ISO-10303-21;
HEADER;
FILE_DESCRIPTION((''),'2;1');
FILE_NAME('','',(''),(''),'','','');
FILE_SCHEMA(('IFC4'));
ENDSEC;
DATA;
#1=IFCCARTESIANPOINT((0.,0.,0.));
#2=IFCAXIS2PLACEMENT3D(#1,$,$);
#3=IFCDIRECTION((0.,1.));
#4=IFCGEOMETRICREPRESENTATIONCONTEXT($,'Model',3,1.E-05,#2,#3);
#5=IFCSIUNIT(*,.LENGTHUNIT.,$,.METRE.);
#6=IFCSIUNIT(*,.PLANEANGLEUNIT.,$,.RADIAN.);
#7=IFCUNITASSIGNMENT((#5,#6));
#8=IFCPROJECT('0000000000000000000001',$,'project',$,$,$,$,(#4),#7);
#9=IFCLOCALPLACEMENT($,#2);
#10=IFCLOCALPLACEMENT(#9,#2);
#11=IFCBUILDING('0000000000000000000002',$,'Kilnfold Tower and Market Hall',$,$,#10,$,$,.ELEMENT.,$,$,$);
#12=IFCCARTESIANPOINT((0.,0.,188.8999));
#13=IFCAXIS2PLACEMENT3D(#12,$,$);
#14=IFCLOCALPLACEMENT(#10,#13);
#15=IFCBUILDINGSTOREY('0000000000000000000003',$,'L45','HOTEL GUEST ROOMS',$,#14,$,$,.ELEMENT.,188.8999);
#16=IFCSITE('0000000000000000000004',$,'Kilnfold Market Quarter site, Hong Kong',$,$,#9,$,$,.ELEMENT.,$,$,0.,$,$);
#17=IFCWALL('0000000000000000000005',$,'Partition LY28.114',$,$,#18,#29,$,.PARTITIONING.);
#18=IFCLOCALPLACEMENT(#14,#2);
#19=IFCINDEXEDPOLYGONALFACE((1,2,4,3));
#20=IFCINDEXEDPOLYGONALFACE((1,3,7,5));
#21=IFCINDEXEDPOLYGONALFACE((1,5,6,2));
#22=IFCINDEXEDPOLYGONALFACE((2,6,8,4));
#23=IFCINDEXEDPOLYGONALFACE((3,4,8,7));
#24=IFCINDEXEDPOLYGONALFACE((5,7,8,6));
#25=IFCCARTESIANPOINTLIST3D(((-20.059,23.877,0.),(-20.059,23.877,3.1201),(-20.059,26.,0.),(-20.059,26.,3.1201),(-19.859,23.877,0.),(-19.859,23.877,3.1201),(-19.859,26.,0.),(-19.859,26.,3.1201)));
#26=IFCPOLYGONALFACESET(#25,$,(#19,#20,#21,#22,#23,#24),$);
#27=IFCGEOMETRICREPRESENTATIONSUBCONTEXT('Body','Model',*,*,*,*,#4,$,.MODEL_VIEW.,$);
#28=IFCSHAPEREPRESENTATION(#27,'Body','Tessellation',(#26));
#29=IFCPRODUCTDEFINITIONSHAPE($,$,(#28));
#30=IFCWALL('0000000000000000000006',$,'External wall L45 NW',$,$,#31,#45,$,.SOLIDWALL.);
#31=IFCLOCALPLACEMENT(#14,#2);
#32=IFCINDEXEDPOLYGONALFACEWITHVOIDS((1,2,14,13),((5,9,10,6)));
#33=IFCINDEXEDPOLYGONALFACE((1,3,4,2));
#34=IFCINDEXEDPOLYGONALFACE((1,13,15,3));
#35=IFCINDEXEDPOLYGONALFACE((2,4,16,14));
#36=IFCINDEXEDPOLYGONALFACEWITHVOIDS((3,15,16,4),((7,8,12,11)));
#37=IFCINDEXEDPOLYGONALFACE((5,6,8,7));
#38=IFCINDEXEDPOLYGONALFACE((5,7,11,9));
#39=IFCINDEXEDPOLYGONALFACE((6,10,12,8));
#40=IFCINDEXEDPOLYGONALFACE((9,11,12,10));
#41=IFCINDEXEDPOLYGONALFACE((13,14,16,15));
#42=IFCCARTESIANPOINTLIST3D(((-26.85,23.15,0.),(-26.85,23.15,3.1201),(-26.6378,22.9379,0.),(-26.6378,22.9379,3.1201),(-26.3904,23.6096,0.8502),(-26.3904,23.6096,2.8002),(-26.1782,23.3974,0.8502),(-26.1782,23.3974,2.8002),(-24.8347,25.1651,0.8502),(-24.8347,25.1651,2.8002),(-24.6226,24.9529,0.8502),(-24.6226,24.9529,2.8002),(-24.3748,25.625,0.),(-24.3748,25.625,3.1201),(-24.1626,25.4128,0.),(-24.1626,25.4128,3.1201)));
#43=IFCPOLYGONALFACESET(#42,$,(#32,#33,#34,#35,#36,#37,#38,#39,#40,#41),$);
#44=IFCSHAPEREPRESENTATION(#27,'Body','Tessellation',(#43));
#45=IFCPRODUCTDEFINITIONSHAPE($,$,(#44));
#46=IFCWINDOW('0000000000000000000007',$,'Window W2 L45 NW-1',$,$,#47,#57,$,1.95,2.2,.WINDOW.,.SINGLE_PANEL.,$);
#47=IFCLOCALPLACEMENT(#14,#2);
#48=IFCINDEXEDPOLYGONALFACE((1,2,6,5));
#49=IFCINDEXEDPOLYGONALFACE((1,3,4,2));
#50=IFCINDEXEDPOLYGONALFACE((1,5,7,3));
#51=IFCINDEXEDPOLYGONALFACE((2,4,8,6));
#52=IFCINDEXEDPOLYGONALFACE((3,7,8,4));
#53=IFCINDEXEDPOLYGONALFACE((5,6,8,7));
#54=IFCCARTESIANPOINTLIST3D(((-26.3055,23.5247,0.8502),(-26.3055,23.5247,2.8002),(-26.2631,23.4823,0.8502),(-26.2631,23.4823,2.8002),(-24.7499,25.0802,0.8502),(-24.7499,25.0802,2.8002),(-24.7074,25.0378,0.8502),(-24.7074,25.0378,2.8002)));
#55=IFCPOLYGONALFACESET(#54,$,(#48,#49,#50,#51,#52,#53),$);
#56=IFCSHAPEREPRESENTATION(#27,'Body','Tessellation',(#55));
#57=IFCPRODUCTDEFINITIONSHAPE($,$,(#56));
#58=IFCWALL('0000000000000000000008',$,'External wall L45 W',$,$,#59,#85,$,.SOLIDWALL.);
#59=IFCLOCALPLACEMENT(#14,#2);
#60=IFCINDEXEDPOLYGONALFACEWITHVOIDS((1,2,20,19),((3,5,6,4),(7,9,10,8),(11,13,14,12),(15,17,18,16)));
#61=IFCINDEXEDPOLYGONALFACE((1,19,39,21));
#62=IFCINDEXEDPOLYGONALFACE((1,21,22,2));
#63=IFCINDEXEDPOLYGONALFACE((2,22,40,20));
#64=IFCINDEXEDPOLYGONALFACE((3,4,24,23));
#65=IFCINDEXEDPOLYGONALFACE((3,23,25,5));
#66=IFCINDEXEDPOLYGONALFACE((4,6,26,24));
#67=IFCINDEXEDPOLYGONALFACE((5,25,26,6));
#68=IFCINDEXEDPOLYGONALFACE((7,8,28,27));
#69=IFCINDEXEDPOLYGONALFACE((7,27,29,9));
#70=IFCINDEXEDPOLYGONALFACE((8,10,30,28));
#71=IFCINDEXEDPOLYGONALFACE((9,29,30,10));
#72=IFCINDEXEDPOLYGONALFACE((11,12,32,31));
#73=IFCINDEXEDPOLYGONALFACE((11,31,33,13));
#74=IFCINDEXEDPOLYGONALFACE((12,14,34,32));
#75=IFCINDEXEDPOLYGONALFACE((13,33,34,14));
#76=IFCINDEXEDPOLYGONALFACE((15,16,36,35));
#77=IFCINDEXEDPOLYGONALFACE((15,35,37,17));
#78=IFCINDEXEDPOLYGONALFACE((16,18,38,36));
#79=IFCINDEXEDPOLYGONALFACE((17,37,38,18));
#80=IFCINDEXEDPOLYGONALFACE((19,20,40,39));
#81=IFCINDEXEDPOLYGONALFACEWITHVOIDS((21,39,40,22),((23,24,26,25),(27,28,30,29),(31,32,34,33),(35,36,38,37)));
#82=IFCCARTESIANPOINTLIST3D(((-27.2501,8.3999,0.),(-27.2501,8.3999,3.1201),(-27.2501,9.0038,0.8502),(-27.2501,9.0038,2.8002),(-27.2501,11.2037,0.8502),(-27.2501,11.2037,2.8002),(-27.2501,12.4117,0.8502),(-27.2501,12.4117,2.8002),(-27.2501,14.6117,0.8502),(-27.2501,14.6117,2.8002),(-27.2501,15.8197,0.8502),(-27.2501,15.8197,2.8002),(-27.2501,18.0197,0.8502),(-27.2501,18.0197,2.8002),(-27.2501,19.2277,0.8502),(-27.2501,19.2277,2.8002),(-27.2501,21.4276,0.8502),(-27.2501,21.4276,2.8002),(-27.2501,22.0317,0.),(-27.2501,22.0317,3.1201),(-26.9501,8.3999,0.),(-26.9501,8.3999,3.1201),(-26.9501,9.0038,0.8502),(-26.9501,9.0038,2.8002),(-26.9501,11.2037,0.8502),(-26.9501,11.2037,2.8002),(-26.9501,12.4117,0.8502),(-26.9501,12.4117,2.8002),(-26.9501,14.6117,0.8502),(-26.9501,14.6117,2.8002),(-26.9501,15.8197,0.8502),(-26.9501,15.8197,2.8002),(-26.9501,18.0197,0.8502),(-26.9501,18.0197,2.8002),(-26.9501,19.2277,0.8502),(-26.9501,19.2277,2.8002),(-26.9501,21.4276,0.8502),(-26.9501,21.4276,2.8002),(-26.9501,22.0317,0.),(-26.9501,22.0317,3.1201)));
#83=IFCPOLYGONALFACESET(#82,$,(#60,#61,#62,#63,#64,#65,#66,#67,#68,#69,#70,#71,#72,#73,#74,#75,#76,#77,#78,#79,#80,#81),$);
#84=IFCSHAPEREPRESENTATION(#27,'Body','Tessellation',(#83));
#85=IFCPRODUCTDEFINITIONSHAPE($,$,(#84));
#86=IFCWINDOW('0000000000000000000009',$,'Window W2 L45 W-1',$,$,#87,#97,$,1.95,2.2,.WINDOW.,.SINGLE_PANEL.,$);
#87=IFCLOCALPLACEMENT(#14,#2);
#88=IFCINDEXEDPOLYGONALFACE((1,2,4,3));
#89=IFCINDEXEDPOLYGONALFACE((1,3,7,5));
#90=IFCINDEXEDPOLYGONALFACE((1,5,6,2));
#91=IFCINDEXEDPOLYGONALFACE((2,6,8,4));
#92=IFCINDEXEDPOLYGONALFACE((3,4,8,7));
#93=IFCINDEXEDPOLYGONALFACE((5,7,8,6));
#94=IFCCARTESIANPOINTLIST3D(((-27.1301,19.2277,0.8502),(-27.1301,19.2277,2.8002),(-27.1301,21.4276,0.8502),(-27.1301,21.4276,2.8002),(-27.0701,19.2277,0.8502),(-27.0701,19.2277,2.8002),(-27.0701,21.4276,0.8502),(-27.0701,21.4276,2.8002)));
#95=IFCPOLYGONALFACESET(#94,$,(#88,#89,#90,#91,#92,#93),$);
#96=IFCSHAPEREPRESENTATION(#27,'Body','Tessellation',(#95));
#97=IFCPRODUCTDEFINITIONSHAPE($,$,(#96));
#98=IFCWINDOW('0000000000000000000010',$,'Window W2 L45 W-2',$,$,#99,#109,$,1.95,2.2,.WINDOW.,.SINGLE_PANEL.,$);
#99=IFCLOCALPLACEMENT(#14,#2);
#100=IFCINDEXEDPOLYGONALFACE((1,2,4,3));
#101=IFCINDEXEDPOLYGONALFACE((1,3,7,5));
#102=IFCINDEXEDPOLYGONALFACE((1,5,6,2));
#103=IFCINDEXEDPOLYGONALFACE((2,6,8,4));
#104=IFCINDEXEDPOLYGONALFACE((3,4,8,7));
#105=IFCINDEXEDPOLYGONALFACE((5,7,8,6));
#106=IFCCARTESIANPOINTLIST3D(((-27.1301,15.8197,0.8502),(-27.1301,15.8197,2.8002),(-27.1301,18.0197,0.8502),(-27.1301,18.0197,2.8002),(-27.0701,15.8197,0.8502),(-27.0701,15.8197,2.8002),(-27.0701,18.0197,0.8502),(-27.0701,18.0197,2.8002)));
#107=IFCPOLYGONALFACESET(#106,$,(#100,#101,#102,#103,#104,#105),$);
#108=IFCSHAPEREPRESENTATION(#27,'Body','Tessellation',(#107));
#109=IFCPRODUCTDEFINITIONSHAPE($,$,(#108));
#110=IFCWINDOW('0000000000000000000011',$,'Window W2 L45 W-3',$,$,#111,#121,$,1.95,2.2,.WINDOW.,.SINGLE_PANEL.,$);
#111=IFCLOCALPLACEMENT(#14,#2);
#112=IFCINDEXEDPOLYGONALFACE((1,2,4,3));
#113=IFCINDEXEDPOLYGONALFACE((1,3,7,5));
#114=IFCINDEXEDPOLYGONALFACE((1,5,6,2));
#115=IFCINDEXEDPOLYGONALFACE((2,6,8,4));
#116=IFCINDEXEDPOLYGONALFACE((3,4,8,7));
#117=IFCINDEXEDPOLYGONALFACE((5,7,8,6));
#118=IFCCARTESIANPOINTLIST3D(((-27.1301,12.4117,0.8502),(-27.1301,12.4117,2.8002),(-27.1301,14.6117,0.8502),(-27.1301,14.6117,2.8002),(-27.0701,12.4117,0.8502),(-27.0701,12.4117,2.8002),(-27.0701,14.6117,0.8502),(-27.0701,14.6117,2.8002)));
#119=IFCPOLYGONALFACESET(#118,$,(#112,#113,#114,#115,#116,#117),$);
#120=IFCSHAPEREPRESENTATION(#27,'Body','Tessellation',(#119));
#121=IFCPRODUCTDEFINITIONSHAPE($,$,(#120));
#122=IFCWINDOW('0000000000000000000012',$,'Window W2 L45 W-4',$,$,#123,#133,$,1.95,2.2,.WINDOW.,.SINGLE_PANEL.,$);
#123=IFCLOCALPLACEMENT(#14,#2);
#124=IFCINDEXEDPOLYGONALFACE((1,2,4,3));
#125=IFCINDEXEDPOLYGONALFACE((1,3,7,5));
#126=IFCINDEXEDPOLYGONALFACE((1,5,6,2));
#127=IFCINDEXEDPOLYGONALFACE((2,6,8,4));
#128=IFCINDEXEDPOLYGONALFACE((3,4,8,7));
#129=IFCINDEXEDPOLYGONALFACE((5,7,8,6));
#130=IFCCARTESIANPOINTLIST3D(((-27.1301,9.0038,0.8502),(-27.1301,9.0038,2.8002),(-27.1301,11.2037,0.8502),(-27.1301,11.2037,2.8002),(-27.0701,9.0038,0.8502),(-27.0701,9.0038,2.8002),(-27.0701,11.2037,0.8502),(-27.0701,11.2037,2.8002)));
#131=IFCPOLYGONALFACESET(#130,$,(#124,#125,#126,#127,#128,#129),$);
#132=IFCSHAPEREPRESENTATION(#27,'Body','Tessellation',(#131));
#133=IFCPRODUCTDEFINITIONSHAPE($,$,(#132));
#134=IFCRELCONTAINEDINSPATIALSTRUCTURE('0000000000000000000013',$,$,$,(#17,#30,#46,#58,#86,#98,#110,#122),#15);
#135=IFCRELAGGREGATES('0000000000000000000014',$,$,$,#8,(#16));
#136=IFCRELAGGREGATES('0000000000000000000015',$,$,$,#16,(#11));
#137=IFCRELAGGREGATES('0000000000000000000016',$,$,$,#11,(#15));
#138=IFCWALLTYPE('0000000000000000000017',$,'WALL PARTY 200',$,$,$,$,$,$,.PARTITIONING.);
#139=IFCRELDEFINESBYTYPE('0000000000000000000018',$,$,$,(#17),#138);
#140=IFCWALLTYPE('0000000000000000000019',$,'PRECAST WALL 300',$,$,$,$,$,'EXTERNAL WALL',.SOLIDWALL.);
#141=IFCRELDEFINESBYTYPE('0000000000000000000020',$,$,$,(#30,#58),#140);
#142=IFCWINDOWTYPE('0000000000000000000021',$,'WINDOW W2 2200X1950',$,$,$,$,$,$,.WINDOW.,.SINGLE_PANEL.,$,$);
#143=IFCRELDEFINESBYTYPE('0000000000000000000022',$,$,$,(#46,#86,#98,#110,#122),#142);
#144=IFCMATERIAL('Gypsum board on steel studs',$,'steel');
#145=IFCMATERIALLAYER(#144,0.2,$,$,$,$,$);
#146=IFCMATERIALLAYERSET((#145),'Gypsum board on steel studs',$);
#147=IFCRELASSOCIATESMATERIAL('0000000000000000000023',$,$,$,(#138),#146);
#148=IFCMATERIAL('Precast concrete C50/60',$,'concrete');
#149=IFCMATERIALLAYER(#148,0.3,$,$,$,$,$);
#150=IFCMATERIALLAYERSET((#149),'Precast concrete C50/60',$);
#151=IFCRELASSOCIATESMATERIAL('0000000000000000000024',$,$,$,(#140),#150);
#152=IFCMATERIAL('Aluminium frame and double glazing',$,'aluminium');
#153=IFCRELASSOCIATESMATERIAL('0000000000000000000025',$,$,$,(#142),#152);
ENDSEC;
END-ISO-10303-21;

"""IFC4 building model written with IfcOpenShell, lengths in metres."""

from ifc_helpers import new_model, si_unit, direction, frame, frame_2d, origin, place, context, subcontext, project, spatial, rectangle, extrude, source, transform, mapped, material, layer, layer_set, type_object, element, fill, save


model = new_model("IFC4")

# Units and contexts
model_context = context("Model", 3, precision=1e-05, world=origin(), true_north=direction((0.0, 1.0)))
body_context = subcontext(model_context, "Body", "Model", "MODEL_VIEW")
ifc_project = project(units=[si_unit("LENGTHUNIT", "METRE"), si_unit("PLANEANGLEUNIT", "RADIAN")], contexts=[model_context])

# Site, building, storey
site_placement = place(None, origin())
site = spatial("IfcSite", under=ifc_project, at=site_placement, Name="Kilnfold Market Quarter site, Hong Kong", CompositionType="ELEMENT", RefElevation=0.0)
building_placement = place(site_placement, origin())
building = spatial("IfcBuilding", under=site, at=building_placement, Name="Kilnfold Tower and Market Hall", CompositionType="ELEMENT")
storey_placement = place(building_placement, frame((0.0, 0.0, 188.8999)))
storey = spatial("IfcBuildingStorey", under=building, at=storey_placement, Name="L45", Description="HOTEL GUEST ROOMS", CompositionType="ELEMENT", Elevation=188.8999)

# Wall
ifc_material_1 = material(Name="Gypsum board on steel studs", Category="steel")
ifc_layer_1 = layer(ifc_material_1, 0.2)
ifc_layer_set_1 = layer_set([ifc_layer_1], Name="Gypsum board on steel studs")
wall_type_1 = type_object("IfcWallType", Name="WALL PARTY 200", PredefinedType="PARTITIONING", material=ifc_layer_set_1)
wall_1_placement = place(storey_placement, frame((-19.959, 23.877, 0.0), z_axis=(0.0, 0.0, 1.0), x_axis=(0.0, 1.0, 0.0)))
element("IfcWall", 1, at=wall_1_placement, inside=storey, type_object=wall_type_1, Name="Partition LY28.114", PredefinedType="PARTITIONING", context=body_context, shape_type="SweptSolid", body=[
    extrude(rectangle(XDim=2.123, YDim=0.2, at=frame_2d((1.0615, 0.0))), origin(), (0.0, 0.0, 1.0), 3.1201),
])

# Wall, opening, window
ifc_material_2 = material(Name="Precast concrete C50/60", Category="concrete")
ifc_layer_2 = layer(ifc_material_2, 0.3)
ifc_layer_set_2 = layer_set([ifc_layer_2], Name="Precast concrete C50/60")
wall_type_2 = type_object("IfcWallType", Name="PRECAST WALL 300", ElementType="EXTERNAL WALL", PredefinedType="SOLIDWALL", material=ifc_layer_set_2)
shared_shape_1 = source(origin(), body_context, "Body", "SweptSolid", [
    extrude(rectangle(XDim=3.5002, YDim=0.3, at=frame_2d((1.75, 0.0))), origin(), (0.0, 0.0, 1.0), 3.1201),
])
wall_2_placement = place(storey_placement, frame((-24.2688, 25.5188, 0.0), z_axis=(0.0, 0.0, 1.0), x_axis=(-0.707142, -0.707072, 0.0)))
wall_2 = element("IfcWall", 2, at=wall_2_placement, inside=storey, type_object=wall_type_2, Name="External wall L45 NW", PredefinedType="SOLIDWALL", context=body_context, shape_type="MappedRepresentation", body=[
    mapped(shared_shape_1, transform((0.0, 0.0, 0.0))),
])
opening_1_placement = place(wall_2_placement, frame((0.6501, 0.0, 0.8501)))
opening_1 = element("IfcOpeningElement", 3, at=opening_1_placement, cuts=wall_2, PredefinedType="OPENING", context=body_context, shape_type="SweptSolid", body=[
    extrude(rectangle(XDim=2.2, YDim=1.95, at=frame_2d((1.1001, 0.9751))), frame((0.0, 0.1602, 0.0), z_axis=(0.0, -1.0, 0.0), x_axis=(1.0, 0.0, 0.0)), (0.0, 0.0, 1.0), 0.3201),
])
ifc_material_3 = material(Name="Aluminium frame and double glazing", Category="aluminium")
window_type = type_object("IfcWindowType", Name="WINDOW W2 2200X1950", PartitioningType="SINGLE_PANEL", PredefinedType="WINDOW", material=ifc_material_3)
window_1_placement = place(opening_1_placement, origin())
window_1 = element("IfcWindow", 4, at=window_1_placement, inside=storey, type_object=window_type, Name="Window W2 L45 NW-1", OverallHeight=1.95, OverallWidth=2.2, PartitioningType="SINGLE_PANEL", PredefinedType="WINDOW", context=body_context, shape_type="SweptSolid", body=[
    extrude(rectangle(XDim=2.2, YDim=1.95, at=frame_2d((1.1001, 0.9751))), frame((0.0, 0.03, 0.0), z_axis=(0.0, -1.0, 0.0), x_axis=(1.0, 0.0, 0.0)), (0.0, 0.0, 1.0), 0.0601),
])
fill(opening_1, window_1)

# Wall, openings, windows
shared_shape_2 = source(origin(), body_context, "Body", "SweptSolid", [
    extrude(rectangle(XDim=13.6318, YDim=0.3, at=frame_2d((6.8159, 0.0))), origin(), (0.0, 0.0, 1.0), 3.1201),
])
wall_3_placement = place(storey_placement, frame((-27.1001, 22.0317, 0.0), z_axis=(0.0, 0.0, 1.0), x_axis=(0.0, -1.0, 0.0)))
wall_3 = element("IfcWall", 5, at=wall_3_placement, inside=storey, type_object=wall_type_2, Name="External wall L45 W", PredefinedType="SOLIDWALL", context=body_context, shape_type="MappedRepresentation", body=[
    mapped(shared_shape_2, transform((0.0, 0.0, 0.0))),
])
opening_2_placement = place(wall_3_placement, frame((0.604, 0.0, 0.8501)))
opening_2 = element("IfcOpeningElement", 6, at=opening_2_placement, cuts=wall_3, PredefinedType="OPENING", context=body_context, shape_type="SweptSolid", body=[
    extrude(rectangle(XDim=2.2, YDim=1.95, at=frame_2d((1.1001, 0.9751))), frame((0.0, 0.1602, 0.0), z_axis=(0.0, -1.0, 0.0), x_axis=(1.0, 0.0, 0.0)), (0.0, 0.0, 1.0), 0.3201),
])
opening_3_placement = place(wall_3_placement, frame((4.012, 0.0, 0.8501)))
opening_3 = element("IfcOpeningElement", 7, at=opening_3_placement, cuts=wall_3, PredefinedType="OPENING", context=body_context, shape_type="SweptSolid", body=[
    extrude(rectangle(XDim=2.2, YDim=1.95, at=frame_2d((1.1001, 0.9751))), frame((0.0, 0.1602, 0.0), z_axis=(0.0, -1.0, 0.0), x_axis=(1.0, 0.0, 0.0)), (0.0, 0.0, 1.0), 0.3201),
])
opening_4_placement = place(wall_3_placement, frame((7.4199, 0.0, 0.8501)))
opening_4 = element("IfcOpeningElement", 8, at=opening_4_placement, cuts=wall_3, PredefinedType="OPENING", context=body_context, shape_type="SweptSolid", body=[
    extrude(rectangle(XDim=2.2, YDim=1.95, at=frame_2d((1.1001, 0.9751))), frame((0.0, 0.1602, 0.0), z_axis=(0.0, -1.0, 0.0), x_axis=(1.0, 0.0, 0.0)), (0.0, 0.0, 1.0), 0.3201),
])
opening_5_placement = place(wall_3_placement, frame((10.8279, 0.0, 0.8501)))
opening_5 = element("IfcOpeningElement", 9, at=opening_5_placement, cuts=wall_3, PredefinedType="OPENING", context=body_context, shape_type="SweptSolid", body=[
    extrude(rectangle(XDim=2.2, YDim=1.95, at=frame_2d((1.1001, 0.9751))), frame((0.0, 0.1602, 0.0), z_axis=(0.0, -1.0, 0.0), x_axis=(1.0, 0.0, 0.0)), (0.0, 0.0, 1.0), 0.3201),
])
window_2_placement = place(opening_2_placement, origin())
window_2 = element("IfcWindow", 10, at=window_2_placement, inside=storey, type_object=window_type, Name="Window W2 L45 W-1", OverallHeight=1.95, OverallWidth=2.2, PartitioningType="SINGLE_PANEL", PredefinedType="WINDOW", context=body_context, shape_type="SweptSolid", body=[
    extrude(rectangle(XDim=2.2, YDim=1.95, at=frame_2d((1.1001, 0.9751))), frame((0.0, 0.03, 0.0), z_axis=(0.0, -1.0, 0.0), x_axis=(1.0, 0.0, 0.0)), (0.0, 0.0, 1.0), 0.0601),
])
fill(opening_2, window_2)
window_3_placement = place(opening_3_placement, origin())
window_3 = element("IfcWindow", 11, at=window_3_placement, inside=storey, type_object=window_type, Name="Window W2 L45 W-2", OverallHeight=1.95, OverallWidth=2.2, PartitioningType="SINGLE_PANEL", PredefinedType="WINDOW", context=body_context, shape_type="SweptSolid", body=[
    extrude(rectangle(XDim=2.2, YDim=1.95, at=frame_2d((1.1001, 0.9751))), frame((0.0, 0.03, 0.0), z_axis=(0.0, -1.0, 0.0), x_axis=(1.0, 0.0, 0.0)), (0.0, 0.0, 1.0), 0.0601),
])
fill(opening_3, window_3)
window_4_placement = place(opening_4_placement, origin())
window_4 = element("IfcWindow", 12, at=window_4_placement, inside=storey, type_object=window_type, Name="Window W2 L45 W-3", OverallHeight=1.95, OverallWidth=2.2, PartitioningType="SINGLE_PANEL", PredefinedType="WINDOW", context=body_context, shape_type="SweptSolid", body=[
    extrude(rectangle(XDim=2.2, YDim=1.95, at=frame_2d((1.1001, 0.9751))), frame((0.0, 0.03, 0.0), z_axis=(0.0, -1.0, 0.0), x_axis=(1.0, 0.0, 0.0)), (0.0, 0.0, 1.0), 0.0601),
])
fill(opening_4, window_4)
window_5_placement = place(opening_5_placement, origin())
window_5 = element("IfcWindow", 13, at=window_5_placement, inside=storey, type_object=window_type, Name="Window W2 L45 W-4", OverallHeight=1.95, OverallWidth=2.2, PartitioningType="SINGLE_PANEL", PredefinedType="WINDOW", context=body_context, shape_type="SweptSolid", body=[
    extrude(rectangle(XDim=2.2, YDim=1.95, at=frame_2d((1.1001, 0.9751))), frame((0.0, 0.03, 0.0), z_axis=(0.0, -1.0, 0.0), x_axis=(1.0, 0.0, 0.0)), (0.0, 0.0, 1.0), 0.0601),
])
fill(opening_5, window_5)

save(model, "model.ifc")
